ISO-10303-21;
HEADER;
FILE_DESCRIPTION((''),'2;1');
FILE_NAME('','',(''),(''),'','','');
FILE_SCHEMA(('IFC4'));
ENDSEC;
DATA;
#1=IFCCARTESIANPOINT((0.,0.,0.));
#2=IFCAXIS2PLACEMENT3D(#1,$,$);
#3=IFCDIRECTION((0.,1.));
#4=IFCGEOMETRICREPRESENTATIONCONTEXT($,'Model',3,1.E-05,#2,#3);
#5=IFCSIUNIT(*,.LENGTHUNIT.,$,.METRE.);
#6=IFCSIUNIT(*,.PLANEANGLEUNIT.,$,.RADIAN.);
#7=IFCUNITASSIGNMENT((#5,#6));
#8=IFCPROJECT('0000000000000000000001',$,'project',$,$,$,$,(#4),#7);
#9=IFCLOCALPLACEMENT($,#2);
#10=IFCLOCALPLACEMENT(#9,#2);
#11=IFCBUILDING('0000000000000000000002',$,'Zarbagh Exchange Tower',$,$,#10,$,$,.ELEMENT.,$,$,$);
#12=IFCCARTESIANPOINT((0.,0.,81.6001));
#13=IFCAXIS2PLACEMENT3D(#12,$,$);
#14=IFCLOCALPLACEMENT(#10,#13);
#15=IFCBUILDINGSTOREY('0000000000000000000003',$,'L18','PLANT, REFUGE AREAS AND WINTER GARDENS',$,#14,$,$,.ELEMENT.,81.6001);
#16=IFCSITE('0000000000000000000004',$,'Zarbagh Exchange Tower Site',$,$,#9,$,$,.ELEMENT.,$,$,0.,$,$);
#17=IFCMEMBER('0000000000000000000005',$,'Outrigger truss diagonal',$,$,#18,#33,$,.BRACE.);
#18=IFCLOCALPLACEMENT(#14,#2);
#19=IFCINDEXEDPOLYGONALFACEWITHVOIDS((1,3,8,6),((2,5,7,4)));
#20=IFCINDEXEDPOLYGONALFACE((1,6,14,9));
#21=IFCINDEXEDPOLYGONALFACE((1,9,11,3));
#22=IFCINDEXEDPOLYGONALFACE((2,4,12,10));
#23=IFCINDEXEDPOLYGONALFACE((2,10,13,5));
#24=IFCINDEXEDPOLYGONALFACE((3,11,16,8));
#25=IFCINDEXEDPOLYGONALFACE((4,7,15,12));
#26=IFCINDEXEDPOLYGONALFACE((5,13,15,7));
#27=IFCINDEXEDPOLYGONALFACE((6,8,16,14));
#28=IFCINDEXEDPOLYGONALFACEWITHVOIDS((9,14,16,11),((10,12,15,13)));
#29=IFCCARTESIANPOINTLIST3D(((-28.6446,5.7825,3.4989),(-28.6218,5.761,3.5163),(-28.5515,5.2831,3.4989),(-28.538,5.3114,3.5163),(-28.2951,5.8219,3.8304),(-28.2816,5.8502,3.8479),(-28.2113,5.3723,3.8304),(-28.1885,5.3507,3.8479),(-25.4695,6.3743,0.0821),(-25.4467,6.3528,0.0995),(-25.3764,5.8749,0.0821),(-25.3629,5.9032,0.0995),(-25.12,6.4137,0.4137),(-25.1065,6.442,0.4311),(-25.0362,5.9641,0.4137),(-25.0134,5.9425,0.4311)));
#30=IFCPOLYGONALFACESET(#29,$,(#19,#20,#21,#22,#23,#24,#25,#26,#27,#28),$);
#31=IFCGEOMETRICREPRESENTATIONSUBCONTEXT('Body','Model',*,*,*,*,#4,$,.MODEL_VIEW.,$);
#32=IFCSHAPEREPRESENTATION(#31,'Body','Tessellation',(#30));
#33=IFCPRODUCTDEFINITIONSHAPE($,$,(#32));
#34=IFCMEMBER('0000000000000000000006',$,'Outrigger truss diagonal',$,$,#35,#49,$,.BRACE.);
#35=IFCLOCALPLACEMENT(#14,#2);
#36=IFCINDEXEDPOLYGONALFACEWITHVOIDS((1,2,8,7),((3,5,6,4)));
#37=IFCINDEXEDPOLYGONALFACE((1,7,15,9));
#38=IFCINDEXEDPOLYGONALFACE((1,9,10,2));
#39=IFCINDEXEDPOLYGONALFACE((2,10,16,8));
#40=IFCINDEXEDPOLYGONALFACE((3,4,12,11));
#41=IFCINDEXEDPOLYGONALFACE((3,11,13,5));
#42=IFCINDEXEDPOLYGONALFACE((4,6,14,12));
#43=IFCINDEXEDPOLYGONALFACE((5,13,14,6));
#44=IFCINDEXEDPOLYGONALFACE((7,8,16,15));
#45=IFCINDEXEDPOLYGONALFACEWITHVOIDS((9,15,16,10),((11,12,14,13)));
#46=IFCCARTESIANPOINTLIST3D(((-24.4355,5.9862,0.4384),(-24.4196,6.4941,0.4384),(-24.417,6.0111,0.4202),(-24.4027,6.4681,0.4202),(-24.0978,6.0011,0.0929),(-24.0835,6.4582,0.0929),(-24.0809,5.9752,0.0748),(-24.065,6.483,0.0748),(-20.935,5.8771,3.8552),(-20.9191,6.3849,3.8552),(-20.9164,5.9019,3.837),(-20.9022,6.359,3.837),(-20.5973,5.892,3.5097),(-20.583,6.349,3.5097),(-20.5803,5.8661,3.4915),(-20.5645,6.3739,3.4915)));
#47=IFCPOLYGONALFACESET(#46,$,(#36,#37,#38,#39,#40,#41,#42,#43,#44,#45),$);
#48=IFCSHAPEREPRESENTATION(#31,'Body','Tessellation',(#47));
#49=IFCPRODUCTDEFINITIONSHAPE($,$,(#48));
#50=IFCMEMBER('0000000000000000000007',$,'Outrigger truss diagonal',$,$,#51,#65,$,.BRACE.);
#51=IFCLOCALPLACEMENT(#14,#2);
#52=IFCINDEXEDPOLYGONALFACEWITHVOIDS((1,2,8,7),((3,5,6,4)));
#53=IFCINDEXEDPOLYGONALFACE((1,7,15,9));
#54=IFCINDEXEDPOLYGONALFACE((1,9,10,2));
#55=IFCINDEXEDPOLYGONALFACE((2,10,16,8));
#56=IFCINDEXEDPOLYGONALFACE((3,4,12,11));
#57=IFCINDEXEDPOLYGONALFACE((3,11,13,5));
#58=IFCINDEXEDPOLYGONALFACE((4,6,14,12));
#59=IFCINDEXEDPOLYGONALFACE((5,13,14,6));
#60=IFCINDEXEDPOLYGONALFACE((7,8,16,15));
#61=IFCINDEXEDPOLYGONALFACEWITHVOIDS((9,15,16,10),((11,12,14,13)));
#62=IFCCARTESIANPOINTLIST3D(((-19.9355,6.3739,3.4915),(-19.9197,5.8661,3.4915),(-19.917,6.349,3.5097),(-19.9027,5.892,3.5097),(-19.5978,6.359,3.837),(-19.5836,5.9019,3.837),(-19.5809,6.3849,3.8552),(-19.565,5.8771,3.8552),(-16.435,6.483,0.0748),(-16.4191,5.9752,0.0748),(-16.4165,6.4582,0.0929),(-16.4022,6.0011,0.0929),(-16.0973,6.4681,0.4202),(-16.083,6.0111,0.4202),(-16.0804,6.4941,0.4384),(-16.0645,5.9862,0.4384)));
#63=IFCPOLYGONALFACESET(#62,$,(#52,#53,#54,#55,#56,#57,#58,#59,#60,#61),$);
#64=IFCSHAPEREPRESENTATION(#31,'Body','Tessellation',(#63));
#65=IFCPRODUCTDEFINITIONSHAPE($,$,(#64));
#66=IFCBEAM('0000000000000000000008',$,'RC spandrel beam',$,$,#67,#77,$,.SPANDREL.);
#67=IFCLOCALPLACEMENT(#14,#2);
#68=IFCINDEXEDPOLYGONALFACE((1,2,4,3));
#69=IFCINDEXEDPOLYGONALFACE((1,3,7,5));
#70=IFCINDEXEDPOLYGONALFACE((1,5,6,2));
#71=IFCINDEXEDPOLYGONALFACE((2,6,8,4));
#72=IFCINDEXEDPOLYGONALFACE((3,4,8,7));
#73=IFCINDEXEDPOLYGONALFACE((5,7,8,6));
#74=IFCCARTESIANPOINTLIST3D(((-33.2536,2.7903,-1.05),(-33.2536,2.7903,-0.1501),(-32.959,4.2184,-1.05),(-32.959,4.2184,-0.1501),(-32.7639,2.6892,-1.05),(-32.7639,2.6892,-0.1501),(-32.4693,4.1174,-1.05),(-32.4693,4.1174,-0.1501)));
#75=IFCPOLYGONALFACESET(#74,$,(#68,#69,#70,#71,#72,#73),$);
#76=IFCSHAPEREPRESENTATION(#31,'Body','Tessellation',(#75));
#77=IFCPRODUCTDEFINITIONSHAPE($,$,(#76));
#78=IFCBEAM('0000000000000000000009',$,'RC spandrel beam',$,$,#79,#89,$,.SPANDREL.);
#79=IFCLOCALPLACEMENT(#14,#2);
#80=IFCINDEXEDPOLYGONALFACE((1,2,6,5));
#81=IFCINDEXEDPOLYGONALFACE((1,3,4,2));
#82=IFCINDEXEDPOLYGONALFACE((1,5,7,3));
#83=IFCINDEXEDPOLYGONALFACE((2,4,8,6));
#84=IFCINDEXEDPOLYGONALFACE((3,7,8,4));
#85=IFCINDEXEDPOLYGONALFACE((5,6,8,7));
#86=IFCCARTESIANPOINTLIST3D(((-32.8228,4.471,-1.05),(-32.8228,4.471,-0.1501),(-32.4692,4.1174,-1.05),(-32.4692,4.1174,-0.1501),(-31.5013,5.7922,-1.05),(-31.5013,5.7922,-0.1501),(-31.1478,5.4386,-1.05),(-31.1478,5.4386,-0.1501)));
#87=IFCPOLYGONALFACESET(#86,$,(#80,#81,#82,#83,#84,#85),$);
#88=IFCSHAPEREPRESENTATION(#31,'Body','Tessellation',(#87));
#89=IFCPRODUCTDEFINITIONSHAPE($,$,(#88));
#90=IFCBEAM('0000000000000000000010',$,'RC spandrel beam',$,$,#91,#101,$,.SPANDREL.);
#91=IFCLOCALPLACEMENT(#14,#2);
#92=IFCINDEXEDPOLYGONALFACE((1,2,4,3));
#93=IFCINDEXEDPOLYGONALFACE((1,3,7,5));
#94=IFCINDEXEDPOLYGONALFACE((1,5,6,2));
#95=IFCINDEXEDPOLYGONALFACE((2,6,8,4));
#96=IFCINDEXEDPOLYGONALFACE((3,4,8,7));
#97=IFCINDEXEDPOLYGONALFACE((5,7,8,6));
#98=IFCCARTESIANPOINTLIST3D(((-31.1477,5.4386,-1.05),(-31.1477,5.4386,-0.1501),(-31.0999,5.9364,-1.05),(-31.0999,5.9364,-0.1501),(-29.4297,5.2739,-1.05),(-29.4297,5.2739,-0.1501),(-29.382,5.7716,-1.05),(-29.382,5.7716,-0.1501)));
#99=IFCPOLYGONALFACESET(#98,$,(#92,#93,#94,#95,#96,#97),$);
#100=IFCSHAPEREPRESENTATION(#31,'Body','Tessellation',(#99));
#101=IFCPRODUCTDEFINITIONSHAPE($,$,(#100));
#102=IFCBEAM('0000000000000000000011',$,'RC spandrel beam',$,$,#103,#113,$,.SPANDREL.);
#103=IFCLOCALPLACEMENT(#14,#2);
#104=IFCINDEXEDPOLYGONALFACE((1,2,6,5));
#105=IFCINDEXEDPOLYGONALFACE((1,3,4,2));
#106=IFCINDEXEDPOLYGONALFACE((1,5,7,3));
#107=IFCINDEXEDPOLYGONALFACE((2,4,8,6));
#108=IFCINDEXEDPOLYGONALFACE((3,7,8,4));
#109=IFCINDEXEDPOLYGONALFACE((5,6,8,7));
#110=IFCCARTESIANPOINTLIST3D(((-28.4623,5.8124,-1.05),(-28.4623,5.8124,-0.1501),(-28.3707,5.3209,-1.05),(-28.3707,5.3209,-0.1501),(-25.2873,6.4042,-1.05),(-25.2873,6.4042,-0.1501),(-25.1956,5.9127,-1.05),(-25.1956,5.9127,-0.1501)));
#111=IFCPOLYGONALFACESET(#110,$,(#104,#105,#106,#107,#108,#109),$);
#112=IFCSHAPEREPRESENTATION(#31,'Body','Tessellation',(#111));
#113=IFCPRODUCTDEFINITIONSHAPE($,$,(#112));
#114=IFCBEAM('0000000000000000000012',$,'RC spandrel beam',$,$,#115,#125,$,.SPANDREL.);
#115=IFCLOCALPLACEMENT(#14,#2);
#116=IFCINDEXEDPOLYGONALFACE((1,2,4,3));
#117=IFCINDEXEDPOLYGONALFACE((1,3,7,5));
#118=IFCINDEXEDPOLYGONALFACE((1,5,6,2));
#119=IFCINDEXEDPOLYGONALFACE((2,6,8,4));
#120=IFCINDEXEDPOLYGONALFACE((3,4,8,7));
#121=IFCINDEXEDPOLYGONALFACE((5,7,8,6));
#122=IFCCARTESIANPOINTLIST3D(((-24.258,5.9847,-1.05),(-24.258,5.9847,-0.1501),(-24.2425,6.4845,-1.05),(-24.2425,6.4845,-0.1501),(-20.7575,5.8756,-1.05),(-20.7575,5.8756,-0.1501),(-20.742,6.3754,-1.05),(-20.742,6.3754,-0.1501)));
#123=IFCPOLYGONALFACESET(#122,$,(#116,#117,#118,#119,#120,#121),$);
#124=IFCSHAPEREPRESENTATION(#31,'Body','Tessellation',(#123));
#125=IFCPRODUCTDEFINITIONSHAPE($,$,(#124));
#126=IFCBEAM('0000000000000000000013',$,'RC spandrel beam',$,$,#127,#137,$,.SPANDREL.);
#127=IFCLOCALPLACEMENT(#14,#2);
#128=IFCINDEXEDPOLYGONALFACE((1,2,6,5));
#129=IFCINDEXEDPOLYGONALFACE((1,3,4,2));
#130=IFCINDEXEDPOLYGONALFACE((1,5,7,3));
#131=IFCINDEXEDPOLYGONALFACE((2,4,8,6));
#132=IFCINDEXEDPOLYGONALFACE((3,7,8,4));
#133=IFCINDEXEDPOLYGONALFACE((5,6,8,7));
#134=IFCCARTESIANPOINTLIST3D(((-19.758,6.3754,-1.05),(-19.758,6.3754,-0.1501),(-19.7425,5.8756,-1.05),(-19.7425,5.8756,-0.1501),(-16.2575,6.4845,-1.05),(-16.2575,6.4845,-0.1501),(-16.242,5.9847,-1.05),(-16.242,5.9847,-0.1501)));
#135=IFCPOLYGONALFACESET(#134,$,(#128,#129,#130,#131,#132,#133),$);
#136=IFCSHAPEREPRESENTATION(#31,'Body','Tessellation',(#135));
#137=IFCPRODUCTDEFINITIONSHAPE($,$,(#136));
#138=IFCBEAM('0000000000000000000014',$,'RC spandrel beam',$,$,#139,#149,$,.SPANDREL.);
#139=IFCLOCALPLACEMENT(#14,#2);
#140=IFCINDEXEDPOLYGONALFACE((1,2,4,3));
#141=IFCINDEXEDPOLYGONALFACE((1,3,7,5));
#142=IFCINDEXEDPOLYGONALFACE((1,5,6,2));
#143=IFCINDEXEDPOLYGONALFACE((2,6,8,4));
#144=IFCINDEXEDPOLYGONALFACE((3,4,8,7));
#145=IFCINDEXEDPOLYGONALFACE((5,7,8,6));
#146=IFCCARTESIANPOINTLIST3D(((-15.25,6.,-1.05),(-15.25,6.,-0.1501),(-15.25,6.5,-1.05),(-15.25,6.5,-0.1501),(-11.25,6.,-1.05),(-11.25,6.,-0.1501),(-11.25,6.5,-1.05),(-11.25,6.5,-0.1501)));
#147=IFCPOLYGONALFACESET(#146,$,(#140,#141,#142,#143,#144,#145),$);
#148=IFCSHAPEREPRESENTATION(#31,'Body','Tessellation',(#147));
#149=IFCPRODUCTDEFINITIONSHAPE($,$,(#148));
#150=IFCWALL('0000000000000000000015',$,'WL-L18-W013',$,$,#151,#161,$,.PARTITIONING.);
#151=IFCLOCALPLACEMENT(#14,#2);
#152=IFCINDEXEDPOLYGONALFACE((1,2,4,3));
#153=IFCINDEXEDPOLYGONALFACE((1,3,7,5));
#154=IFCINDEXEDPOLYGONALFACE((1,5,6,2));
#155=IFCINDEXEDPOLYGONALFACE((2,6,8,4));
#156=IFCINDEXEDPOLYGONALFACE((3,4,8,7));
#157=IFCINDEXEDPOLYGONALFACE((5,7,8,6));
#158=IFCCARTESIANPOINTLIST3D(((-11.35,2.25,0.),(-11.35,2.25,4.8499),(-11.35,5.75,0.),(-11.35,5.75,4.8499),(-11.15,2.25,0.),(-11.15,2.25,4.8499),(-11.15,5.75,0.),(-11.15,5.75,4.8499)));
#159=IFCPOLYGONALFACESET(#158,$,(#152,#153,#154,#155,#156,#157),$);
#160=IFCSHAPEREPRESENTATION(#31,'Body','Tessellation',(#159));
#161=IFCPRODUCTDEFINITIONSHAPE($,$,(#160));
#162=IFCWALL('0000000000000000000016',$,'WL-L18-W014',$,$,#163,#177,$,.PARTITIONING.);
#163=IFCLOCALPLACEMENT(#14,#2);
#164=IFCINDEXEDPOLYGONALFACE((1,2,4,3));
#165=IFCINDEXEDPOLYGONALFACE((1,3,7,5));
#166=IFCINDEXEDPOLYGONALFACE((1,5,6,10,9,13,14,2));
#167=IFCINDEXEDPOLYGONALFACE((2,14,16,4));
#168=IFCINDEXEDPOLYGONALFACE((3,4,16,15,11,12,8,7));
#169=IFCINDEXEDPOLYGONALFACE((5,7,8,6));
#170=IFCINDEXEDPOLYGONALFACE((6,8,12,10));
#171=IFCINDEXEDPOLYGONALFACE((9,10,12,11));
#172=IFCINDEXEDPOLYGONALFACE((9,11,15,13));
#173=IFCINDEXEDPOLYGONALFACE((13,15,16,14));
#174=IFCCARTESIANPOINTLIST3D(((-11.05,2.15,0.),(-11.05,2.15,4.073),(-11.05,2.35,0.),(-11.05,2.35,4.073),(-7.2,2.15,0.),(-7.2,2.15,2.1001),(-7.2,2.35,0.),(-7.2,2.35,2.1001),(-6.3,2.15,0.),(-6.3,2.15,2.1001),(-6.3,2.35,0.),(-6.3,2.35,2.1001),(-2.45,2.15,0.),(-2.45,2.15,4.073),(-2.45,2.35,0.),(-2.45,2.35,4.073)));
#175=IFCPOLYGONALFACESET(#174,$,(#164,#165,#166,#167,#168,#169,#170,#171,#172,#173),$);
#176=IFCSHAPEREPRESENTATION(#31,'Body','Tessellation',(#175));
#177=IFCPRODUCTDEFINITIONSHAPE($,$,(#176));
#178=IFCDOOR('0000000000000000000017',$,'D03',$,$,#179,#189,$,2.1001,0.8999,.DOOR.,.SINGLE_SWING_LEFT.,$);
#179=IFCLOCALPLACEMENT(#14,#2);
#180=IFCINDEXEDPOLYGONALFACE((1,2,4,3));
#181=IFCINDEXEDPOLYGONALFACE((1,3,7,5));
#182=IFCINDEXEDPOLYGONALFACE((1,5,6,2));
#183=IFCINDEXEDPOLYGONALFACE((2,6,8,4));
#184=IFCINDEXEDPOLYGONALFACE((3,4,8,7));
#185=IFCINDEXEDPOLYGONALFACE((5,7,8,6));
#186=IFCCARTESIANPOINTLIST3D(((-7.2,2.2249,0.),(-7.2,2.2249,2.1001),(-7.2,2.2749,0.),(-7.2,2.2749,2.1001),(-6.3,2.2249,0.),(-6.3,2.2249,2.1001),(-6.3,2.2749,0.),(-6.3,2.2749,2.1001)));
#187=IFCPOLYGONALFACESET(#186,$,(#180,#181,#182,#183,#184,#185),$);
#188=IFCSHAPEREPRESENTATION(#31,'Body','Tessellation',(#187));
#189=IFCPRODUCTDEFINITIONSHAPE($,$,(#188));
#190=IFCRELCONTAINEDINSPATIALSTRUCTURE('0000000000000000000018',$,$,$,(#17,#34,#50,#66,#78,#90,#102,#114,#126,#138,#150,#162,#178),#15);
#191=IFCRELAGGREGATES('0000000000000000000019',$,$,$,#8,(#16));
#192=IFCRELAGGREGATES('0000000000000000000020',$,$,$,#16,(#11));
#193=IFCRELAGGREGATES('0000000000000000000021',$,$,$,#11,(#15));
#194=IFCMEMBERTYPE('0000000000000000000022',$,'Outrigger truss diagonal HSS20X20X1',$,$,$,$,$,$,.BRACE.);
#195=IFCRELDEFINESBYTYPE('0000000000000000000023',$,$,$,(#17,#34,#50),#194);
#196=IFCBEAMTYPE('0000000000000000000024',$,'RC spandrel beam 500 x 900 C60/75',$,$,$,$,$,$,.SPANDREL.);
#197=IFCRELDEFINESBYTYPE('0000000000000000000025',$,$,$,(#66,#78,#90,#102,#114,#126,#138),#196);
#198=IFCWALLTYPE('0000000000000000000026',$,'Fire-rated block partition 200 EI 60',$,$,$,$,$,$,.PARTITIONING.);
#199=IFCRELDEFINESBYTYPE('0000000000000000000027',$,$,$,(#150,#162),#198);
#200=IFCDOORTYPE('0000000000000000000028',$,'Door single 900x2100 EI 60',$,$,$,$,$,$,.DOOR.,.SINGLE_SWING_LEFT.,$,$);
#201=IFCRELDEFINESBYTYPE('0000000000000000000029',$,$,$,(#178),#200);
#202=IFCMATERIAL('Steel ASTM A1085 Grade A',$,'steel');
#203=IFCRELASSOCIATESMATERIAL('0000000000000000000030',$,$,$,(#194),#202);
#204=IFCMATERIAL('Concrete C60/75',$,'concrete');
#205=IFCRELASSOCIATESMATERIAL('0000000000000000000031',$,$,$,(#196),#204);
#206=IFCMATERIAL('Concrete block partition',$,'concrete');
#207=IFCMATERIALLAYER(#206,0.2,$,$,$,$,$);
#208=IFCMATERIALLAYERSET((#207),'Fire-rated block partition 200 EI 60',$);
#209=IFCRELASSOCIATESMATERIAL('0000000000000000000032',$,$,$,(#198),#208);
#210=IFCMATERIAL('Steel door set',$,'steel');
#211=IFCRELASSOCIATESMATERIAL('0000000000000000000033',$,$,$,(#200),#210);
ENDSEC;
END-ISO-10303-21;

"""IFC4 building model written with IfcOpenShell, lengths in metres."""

from ifc_helpers import new_model, si_unit, direction, frame, frame_2d, origin, origin_2d, place, context, subcontext, project, spatial, rectangle, hollow_rectangle, extrude, material, layer, layer_set, material_profile, profile_set, type_object, element, fill, save


model = new_model("IFC4")

# Units and contexts
model_context = context("Model", 3, precision=1e-05, world=origin(), true_north=direction((0.0, 1.0)))
body_context = subcontext(model_context, "Body", "Model", "MODEL_VIEW")
ifc_project = project(units=[si_unit("LENGTHUNIT", "METRE"), si_unit("PLANEANGLEUNIT", "RADIAN")], contexts=[model_context])

# Site, building, storey
site_placement = place(None, origin())
site = spatial("IfcSite", under=ifc_project, at=site_placement, Name="Zarbagh Exchange Tower Site", CompositionType="ELEMENT", RefElevation=0.0)
building_placement = place(site_placement, origin())
building = spatial("IfcBuilding", under=site, at=building_placement, Name="Zarbagh Exchange Tower", CompositionType="ELEMENT")
storey_placement = place(building_placement, frame((0.0, 0.0, 81.6001)))
storey = spatial("IfcBuildingStorey", under=building, at=storey_placement, Name="L18", Description="PLANT, REFUGE AREAS AND WINTER GARDENS", CompositionType="ELEMENT", Elevation=81.6001)

# Shared definitions
ifc_material_1 = material(Name="Concrete C60/75", Category="concrete")

# Members
ifc_material_2 = material(Name="Steel ASTM A1085 Grade A", Category="steel")
ifc_material_profile_1 = material_profile(ifc_material_2, hollow_rectangle(XDim=0.5081, YDim=0.5081, WallThickness=0.0254, at=origin_2d()), Name="HSS20X20X1")
ifc_profile_set_1 = profile_set([ifc_material_profile_1], Name="Steel ASTM A1085 Grade A")
member_type_1 = type_object("IfcMemberType", Name="Outrigger truss diagonal HSS20X20X1", PredefinedType="BRACE", material=ifc_profile_set_1)
member_1_placement = place(storey_placement, frame((-25.2415, 6.1584, 0.2566), z_axis=(-0.675308, -0.125871, 0.726716), x_axis=(0.183234, -0.983069, 0.0)))
element("IfcMember", 1, at=member_1_placement, inside=storey, type_object=member_type_1, Name="Outrigger truss diagonal", PredefinedType="BRACE", context=body_context, shape_type="SweptSolid", body=[
    extrude(hollow_rectangle(XDim=0.5081, YDim=0.5081, WallThickness=0.0254, at=origin_2d()), origin(), (0.0, 0.0, 1.0), 4.7017),
])
for number, where, z_axis, x_axis, name in (
    (2, (-24.2502, 6.2346, 0.2566), (0.715437, -0.022304, 0.698322), (0.031161, 0.999514, 0.0), "Outrigger truss diagonal"),
    (3, (-16.2498, 6.2346, 0.2566), (-0.715437, -0.022304, 0.698322), (0.031161, -0.999514, 0.0), "Outrigger truss diagonal"),
):
    element("IfcMember", number, at=place(storey_placement, frame(where, z_axis=z_axis, x_axis=x_axis)), inside=storey, type_object=member_type_1, Name=name, PredefinedType="BRACE", context=body_context, shape_type="SweptSolid", body=[
        extrude(hollow_rectangle(XDim=0.5081, YDim=0.5081, WallThickness=0.0254, at=origin_2d()), origin(), (0.0, 0.0, 1.0), 4.8928),
    ])

# Beams
ifc_material_profile_2 = material_profile(ifc_material_1, rectangle(XDim=0.5, YDim=0.8999, at=origin_2d()), Name="RC spandrel beam 500 x 900 C60/75")
ifc_profile_set_2 = profile_set([ifc_material_profile_2], Name="Concrete C60/75")
beam_type_1 = type_object("IfcBeamType", Name="RC spandrel beam 500 x 900 C60/75", PredefinedType="SPANDREL", material=ifc_profile_set_2)
beam_1_placement = place(storey_placement, frame((-33.0088, 2.7397, -0.6001), z_axis=(0.202069, 0.979371, 0.0), x_axis=(-0.979371, 0.202069, 0.0)))
element("IfcBeam", 4, at=beam_1_placement, inside=storey, type_object=beam_type_1, Name="RC spandrel beam", PredefinedType="SPANDREL", context=body_context, shape_type="SweptSolid", body=[
    extrude(rectangle(XDim=0.5, YDim=0.8999, at=origin_2d()), origin(), (0.0, 0.0, 1.0), 1.4583),
])
beam_2_placement = place(storey_placement, frame((-32.646, 4.2942, -0.6001), z_axis=(0.707172, 0.707041, 0.0), x_axis=(-0.707041, 0.707172, 0.0)))
element("IfcBeam", 5, at=beam_2_placement, inside=storey, type_object=beam_type_1, Name="RC spandrel beam", PredefinedType="SPANDREL", context=body_context, shape_type="SweptSolid", body=[
    extrude(rectangle(XDim=0.5, YDim=0.8999, at=origin_2d()), origin(), (0.0, 0.0, 1.0), 1.8687),
])
beam_3_placement = place(storey_placement, frame((-31.1238, 5.6875, -0.6001), z_axis=(0.995431, -0.095483, 0.0), x_axis=(0.095483, 0.995431, 0.0)))
element("IfcBeam", 6, at=beam_3_placement, inside=storey, type_object=beam_type_1, Name="RC spandrel beam", PredefinedType="SPANDREL", context=body_context, shape_type="SweptSolid", body=[
    extrude(rectangle(XDim=0.5, YDim=0.8999, at=origin_2d()), origin(), (0.0, 0.0, 1.0), 1.7258),
])
beam_4_placement = place(storey_placement, frame((-28.4165, 5.5667, -0.6001), z_axis=(0.983069, 0.183234, 0.0), x_axis=(-0.183234, 0.983069, 0.0)))
element("IfcBeam", 7, at=beam_4_placement, inside=storey, type_object=beam_type_1, Name="RC spandrel beam", PredefinedType="SPANDREL", context=body_context, shape_type="SweptSolid", body=[
    extrude(rectangle(XDim=0.5, YDim=0.8999, at=origin_2d()), origin(), (0.0, 0.0, 1.0), 3.2297),
])
for number, where, z_axis, x_axis, name in (
    (8, (-24.2502, 6.2346, -0.6001), (0.999514, -0.031161, 0.0), (0.031161, 0.999514, 0.0), "RC spandrel beam"),
    (9, (-19.7502, 6.1255, -0.6001), (0.999514, 0.031161, 0.0), (-0.031161, 0.999514, 0.0), "RC spandrel beam"),
):
    element("IfcBeam", number, at=place(storey_placement, frame(where, z_axis=z_axis, x_axis=x_axis)), inside=storey, type_object=beam_type_1, Name=name, PredefinedType="SPANDREL", context=body_context, shape_type="SweptSolid", body=[
        extrude(rectangle(XDim=0.5, YDim=0.8999, at=origin_2d()), origin(), (0.0, 0.0, 1.0), 3.5022),
    ])
beam_5_placement = place(storey_placement, frame((-15.25, 6.25, -0.6001), z_axis=(1.0, 0.0, 0.0), x_axis=(0.0, 1.0, 0.0)))
element("IfcBeam", 10, at=beam_5_placement, inside=storey, type_object=beam_type_1, Name="RC spandrel beam", PredefinedType="SPANDREL", context=body_context, shape_type="SweptSolid", body=[
    extrude(rectangle(XDim=0.5, YDim=0.8999, at=origin_2d()), origin(), (0.0, 0.0, 1.0), 4.0),
])

# Wall
ifc_material_3 = material(Name="Concrete block partition", Category="concrete")
ifc_layer_1 = layer(ifc_material_3, 0.2)
ifc_layer_set_1 = layer_set([ifc_layer_1], Name="Fire-rated block partition 200 EI 60")
wall_type_1 = type_object("IfcWallType", Name="Fire-rated block partition 200 EI 60", PredefinedType="PARTITIONING", material=ifc_layer_set_1)
wall_1_placement = place(storey_placement, frame((-11.25, 2.25, 0.0), z_axis=(0.0, 0.0, 1.0), x_axis=(0.0, 1.0, 0.0)))
element("IfcWall", 11, at=wall_1_placement, inside=storey, type_object=wall_type_1, Name="WL-L18-W013", PredefinedType="PARTITIONING", context=body_context, shape_type="SweptSolid", body=[
    extrude(rectangle(XDim=3.5, YDim=0.2, at=frame_2d((1.75, 0.0))), origin(), (0.0, 0.0, 1.0), 4.8499),
])

# Wall, opening, door
wall_2_placement = place(storey_placement, frame((-11.05, 2.25, 0.0), z_axis=(0.0, 0.0, 1.0), x_axis=(1.0, 0.0, 0.0)))
wall_2 = element("IfcWall", 12, at=wall_2_placement, inside=storey, type_object=wall_type_1, Name="WL-L18-W014", PredefinedType="PARTITIONING", context=body_context, shape_type="SweptSolid", body=[
    extrude(rectangle(XDim=8.6001, YDim=0.2, at=frame_2d((4.3, 0.0))), origin(), (0.0, 0.0, 1.0), 4.073),
])
opening_1_placement = place(wall_2_placement, frame((3.8501, 0.0, 0.0)))
opening_1 = element("IfcOpeningElement", 13, at=opening_1_placement, cuts=wall_2, PredefinedType="OPENING", context=body_context, shape_type="SweptSolid", body=[
    extrude(rectangle(XDim=0.8999, YDim=2.1001, at=frame_2d((0.45, 1.05))), frame((0.0, 0.1099, 0.0), z_axis=(0.0, -1.0, 0.0), x_axis=(1.0, 0.0, 0.0)), (0.0, 0.0, 1.0), 0.22),
])
ifc_material_4 = material(Name="Steel door set", Category="steel")
door_type_1 = type_object("IfcDoorType", Name="Door single 900x2100 EI 60", OperationType="SINGLE_SWING_LEFT", PredefinedType="DOOR", material=ifc_material_4)
door_1_placement = place(opening_1_placement, origin())
door_1 = element("IfcDoor", 14, at=door_1_placement, inside=storey, type_object=door_type_1, Name="D03", OperationType="SINGLE_SWING_LEFT", OverallHeight=2.1001, OverallWidth=0.8999, PredefinedType="DOOR", context=body_context, shape_type="SweptSolid", body=[
    extrude(rectangle(XDim=0.8999, YDim=2.1001, at=frame_2d((0.45, 1.05))), frame((0.0, 0.0249, 0.0), z_axis=(0.0, -1.0, 0.0), x_axis=(1.0, 0.0, 0.0)), (0.0, 0.0, 1.0), 0.05),
])
fill(opening_1, door_1)

save(model, "model.ifc")
